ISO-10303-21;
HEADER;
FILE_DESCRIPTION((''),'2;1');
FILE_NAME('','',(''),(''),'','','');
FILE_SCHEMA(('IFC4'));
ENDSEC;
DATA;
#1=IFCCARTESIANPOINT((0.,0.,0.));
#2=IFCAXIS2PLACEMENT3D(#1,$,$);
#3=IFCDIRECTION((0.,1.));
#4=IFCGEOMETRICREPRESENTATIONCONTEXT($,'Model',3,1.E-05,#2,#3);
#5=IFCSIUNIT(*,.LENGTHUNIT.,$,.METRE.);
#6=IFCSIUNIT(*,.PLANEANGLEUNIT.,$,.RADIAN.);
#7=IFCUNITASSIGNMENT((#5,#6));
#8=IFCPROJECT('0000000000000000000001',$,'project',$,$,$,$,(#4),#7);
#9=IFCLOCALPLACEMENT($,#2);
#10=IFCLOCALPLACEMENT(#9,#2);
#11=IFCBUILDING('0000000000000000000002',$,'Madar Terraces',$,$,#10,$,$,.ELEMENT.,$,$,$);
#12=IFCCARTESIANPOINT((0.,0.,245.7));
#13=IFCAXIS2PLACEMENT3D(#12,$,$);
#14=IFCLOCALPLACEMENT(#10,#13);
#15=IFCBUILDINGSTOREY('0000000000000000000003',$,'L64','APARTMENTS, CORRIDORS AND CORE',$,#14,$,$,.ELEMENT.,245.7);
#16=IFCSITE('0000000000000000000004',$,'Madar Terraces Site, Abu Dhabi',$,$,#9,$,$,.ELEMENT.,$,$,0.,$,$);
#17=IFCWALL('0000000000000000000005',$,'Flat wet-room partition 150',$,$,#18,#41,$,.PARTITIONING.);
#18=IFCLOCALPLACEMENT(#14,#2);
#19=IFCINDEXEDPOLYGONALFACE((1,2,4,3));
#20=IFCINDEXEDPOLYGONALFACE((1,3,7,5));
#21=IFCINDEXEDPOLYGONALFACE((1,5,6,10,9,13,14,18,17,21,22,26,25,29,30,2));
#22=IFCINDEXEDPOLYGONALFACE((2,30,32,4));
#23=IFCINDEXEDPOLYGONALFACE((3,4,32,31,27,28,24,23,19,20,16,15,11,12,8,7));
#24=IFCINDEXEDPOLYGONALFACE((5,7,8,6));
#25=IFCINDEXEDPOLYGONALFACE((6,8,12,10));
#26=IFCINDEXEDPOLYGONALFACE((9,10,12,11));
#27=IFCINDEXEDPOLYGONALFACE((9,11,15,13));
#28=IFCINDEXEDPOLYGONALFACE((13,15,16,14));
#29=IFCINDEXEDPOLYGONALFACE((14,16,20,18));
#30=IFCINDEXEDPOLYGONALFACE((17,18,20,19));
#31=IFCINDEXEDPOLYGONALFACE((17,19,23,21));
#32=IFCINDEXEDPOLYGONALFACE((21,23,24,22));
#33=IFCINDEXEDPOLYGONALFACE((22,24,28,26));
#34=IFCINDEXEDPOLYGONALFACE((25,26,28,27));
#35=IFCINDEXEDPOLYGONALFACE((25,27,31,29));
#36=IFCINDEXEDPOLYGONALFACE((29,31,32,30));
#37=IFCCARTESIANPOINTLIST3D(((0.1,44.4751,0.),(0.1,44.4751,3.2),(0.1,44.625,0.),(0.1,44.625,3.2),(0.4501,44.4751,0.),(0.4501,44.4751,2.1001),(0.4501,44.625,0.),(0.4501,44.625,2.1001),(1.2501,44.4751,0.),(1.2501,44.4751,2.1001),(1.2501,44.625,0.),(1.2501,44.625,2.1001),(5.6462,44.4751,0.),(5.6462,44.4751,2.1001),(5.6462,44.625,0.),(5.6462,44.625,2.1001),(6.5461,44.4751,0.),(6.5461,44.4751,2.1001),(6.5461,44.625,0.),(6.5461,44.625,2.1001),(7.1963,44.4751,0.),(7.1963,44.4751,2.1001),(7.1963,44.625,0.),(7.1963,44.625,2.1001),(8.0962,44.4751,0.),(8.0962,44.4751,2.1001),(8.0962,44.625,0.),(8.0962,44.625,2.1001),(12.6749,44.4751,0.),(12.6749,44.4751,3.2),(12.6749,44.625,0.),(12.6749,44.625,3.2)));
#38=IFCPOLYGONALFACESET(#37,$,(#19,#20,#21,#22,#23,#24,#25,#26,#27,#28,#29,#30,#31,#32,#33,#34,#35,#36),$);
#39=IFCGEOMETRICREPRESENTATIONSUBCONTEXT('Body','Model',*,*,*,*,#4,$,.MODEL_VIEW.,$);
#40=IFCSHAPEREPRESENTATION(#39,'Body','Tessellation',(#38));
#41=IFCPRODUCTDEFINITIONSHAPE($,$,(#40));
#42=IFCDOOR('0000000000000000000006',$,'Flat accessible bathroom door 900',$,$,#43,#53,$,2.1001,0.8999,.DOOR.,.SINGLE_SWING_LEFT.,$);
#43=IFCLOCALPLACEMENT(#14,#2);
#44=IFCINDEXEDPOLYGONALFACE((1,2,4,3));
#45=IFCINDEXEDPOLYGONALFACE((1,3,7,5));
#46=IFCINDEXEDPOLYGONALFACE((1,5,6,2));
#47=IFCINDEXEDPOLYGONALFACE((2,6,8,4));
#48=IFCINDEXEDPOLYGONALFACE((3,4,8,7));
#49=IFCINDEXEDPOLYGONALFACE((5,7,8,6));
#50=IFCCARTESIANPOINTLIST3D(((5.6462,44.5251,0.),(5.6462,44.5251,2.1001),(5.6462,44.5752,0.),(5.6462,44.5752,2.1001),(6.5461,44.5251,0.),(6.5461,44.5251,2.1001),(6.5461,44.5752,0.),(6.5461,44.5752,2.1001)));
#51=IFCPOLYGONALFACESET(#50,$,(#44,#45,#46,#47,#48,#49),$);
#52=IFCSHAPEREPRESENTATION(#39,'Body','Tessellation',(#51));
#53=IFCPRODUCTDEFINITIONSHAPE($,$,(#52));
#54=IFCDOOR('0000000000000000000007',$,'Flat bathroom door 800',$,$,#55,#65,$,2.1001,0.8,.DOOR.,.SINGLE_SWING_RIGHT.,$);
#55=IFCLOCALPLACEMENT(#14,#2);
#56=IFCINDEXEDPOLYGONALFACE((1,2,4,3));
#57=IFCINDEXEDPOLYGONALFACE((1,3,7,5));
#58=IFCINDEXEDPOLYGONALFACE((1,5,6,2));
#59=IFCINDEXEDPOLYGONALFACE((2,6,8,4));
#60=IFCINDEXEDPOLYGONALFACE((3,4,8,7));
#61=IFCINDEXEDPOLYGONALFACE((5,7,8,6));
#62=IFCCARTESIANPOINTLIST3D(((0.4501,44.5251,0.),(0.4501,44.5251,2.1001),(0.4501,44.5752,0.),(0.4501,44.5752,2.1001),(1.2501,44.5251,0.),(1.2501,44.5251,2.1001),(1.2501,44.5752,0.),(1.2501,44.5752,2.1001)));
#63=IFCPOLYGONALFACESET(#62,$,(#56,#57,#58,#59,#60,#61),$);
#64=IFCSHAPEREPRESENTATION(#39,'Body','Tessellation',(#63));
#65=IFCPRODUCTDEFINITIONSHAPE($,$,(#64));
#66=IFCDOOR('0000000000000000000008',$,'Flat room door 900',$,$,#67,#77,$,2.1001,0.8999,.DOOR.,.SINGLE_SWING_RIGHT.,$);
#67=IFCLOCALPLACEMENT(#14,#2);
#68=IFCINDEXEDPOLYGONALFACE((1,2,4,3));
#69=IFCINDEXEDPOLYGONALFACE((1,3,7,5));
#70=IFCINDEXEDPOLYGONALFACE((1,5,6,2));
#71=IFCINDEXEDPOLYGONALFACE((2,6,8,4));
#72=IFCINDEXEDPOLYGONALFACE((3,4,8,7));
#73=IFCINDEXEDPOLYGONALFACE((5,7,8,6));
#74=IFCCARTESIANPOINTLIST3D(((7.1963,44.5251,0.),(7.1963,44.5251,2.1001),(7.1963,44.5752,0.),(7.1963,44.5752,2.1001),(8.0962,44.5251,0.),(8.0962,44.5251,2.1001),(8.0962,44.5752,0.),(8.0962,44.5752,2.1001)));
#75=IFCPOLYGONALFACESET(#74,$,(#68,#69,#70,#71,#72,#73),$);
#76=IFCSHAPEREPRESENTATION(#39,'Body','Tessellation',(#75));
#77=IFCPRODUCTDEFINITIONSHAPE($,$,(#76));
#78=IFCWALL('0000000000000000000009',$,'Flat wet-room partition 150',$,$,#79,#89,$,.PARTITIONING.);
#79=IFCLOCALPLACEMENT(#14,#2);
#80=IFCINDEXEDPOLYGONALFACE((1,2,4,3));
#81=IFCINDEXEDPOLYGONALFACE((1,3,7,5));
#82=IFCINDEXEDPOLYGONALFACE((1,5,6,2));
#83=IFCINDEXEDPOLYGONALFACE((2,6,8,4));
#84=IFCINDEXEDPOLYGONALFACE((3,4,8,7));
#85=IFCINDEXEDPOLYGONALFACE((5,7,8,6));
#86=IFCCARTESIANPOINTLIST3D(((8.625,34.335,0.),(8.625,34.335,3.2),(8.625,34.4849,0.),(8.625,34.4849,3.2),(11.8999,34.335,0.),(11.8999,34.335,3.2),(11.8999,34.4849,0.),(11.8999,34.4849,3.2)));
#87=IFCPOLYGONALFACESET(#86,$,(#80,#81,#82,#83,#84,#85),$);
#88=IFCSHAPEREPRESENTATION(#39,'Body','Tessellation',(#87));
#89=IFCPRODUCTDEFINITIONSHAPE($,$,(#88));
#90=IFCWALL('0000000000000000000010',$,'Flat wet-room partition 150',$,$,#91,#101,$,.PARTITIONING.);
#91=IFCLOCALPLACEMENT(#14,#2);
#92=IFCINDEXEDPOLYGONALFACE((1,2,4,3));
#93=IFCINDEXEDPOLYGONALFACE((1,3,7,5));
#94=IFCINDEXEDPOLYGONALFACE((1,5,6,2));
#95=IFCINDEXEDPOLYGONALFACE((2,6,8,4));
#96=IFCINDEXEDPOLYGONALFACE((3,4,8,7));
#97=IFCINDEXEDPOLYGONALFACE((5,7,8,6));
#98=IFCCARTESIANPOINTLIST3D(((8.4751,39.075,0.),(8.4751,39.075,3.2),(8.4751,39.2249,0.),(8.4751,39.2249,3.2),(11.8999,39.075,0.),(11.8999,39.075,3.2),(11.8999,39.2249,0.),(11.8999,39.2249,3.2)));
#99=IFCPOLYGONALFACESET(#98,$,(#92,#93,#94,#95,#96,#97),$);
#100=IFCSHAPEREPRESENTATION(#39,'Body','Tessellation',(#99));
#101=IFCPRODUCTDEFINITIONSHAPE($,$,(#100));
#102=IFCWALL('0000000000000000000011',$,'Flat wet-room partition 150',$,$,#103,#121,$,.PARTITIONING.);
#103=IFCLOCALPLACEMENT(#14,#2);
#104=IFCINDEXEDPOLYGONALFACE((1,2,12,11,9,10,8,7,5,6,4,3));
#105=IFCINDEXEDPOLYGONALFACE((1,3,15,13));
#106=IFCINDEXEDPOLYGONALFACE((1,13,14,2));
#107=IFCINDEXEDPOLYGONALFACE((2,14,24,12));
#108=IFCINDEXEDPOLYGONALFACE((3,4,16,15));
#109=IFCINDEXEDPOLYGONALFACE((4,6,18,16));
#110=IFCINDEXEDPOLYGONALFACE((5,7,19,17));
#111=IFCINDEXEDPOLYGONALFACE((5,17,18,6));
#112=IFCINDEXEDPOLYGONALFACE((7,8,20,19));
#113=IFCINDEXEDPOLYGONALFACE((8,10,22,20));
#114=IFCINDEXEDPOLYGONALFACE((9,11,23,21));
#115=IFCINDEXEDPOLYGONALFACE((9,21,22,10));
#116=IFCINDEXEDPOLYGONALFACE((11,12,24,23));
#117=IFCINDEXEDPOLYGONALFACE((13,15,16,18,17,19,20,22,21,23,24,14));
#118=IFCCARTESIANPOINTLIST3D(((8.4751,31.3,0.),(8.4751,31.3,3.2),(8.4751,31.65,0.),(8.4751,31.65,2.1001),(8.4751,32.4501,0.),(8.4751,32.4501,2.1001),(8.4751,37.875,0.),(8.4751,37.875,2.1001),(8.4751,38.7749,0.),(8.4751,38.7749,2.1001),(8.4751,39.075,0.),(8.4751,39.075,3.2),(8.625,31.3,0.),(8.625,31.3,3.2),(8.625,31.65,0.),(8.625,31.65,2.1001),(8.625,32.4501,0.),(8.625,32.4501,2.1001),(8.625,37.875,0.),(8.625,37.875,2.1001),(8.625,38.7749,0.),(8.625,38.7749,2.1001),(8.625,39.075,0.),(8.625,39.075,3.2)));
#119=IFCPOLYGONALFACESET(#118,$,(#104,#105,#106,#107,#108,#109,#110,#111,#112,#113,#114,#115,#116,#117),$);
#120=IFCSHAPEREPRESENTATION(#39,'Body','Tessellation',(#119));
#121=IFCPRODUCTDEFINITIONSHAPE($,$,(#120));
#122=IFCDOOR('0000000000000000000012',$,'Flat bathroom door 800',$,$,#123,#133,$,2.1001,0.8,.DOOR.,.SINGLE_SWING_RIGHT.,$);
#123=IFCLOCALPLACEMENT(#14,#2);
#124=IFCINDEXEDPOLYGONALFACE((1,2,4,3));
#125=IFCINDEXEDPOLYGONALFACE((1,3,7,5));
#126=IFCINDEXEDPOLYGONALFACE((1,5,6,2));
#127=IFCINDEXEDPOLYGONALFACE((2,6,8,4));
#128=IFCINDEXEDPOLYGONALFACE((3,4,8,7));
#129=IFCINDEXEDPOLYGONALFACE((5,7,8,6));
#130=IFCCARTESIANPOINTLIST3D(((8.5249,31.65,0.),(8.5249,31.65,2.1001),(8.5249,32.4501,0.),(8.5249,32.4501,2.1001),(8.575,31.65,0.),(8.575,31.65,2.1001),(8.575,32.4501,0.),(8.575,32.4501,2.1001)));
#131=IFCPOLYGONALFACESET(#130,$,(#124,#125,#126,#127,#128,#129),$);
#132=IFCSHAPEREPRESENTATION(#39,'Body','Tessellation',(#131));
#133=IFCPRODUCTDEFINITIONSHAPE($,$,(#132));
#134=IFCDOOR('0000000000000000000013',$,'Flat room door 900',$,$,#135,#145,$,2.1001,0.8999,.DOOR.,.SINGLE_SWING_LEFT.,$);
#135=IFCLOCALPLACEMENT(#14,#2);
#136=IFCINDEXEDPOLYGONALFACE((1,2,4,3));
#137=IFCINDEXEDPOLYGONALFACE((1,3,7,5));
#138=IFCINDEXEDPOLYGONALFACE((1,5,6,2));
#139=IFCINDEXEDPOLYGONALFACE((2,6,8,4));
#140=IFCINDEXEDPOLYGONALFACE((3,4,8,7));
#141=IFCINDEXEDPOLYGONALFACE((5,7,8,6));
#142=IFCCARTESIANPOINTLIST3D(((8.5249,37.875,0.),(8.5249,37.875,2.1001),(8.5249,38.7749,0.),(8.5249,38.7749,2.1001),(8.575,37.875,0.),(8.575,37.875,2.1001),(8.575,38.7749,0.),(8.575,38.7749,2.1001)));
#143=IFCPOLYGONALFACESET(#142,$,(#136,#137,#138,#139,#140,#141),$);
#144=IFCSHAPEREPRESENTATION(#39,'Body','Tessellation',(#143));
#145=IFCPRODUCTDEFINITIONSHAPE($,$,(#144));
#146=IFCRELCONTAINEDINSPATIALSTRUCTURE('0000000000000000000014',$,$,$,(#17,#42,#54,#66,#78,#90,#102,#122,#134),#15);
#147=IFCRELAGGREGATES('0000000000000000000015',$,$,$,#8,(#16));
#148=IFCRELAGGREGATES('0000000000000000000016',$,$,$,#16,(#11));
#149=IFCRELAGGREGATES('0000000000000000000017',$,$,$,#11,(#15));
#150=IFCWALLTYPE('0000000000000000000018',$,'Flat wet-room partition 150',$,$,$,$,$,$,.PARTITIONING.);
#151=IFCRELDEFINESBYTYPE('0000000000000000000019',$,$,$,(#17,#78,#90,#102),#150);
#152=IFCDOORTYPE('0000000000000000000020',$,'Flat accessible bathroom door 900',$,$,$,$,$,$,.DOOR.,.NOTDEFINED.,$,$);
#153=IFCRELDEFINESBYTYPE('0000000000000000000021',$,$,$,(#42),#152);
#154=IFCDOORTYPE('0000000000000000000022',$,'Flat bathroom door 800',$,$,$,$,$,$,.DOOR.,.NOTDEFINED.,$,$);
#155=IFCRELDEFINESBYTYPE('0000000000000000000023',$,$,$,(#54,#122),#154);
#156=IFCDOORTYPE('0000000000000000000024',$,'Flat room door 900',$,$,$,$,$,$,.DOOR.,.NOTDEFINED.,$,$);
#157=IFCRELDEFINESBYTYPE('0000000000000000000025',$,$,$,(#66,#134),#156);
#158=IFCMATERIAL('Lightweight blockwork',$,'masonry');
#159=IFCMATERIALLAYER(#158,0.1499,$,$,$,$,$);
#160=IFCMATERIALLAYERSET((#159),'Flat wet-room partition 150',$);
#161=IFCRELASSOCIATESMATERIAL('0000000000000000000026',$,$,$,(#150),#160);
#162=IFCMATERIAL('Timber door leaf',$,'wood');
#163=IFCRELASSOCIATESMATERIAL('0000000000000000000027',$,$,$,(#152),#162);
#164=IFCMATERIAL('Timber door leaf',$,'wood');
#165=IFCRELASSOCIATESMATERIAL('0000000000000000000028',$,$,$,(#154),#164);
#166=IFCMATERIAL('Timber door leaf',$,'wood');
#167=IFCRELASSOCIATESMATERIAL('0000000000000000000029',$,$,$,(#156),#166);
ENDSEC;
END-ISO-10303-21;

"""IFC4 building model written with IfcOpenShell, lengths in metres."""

from ifc_helpers import new_model, si_unit, direction, frame, frame_2d, origin, place, context, subcontext, project, spatial, rectangle, extrude, material, layer, layer_set, type_object, element, fill, save


model = new_model("IFC4")

# Units and contexts
model_context = context("Model", 3, precision=1e-05, world=origin(), true_north=direction((0.0, 1.0)))
body_context = subcontext(model_context, "Body", "Model", "MODEL_VIEW")
ifc_project = project(units=[si_unit("LENGTHUNIT", "METRE"), si_unit("PLANEANGLEUNIT", "RADIAN")], contexts=[model_context])

# Site, building, storey
site_placement = place(None, origin())
site = spatial("IfcSite", under=ifc_project, at=site_placement, Name="Madar Terraces Site, Abu Dhabi", CompositionType="ELEMENT", RefElevation=0.0)
building_placement = place(site_placement, origin())
building = spatial("IfcBuilding", under=site, at=building_placement, Name="Madar Terraces", CompositionType="ELEMENT")
storey_placement = place(building_placement, frame((0.0, 0.0, 245.7)))
storey = spatial("IfcBuildingStorey", under=building, at=storey_placement, Name="L64", Description="APARTMENTS, CORRIDORS AND CORE", CompositionType="ELEMENT", Elevation=245.7)

# Shared definitions
ifc_material_1 = material(Name="Lightweight blockwork", Category="masonry")
ifc_layer_1 = layer(ifc_material_1, 0.1499)
ifc_layer_set_1 = layer_set([ifc_layer_1], Name="Flat wet-room partition 150")
wall_type_1 = type_object("IfcWallType", Name="Flat wet-room partition 150", PredefinedType="PARTITIONING", material=ifc_layer_set_1)

# Wall, openings, doors
wall_1_placement = place(storey_placement, frame((12.675, 44.55, 0.0), z_axis=(0.0, 0.0, 1.0), x_axis=(-1.0, 0.0, 0.0)))
wall_1 = element("IfcWall", 1, at=wall_1_placement, inside=storey, type_object=wall_type_1, Name="Flat wet-room partition 150", PredefinedType="PARTITIONING", context=body_context, shape_type="SweptSolid", body=[
    extrude(rectangle(XDim=12.575, YDim=0.1499, at=frame_2d((6.2876, 0.0))), origin(), (0.0, 0.0, 1.0), 3.2),
])
opening_1_placement = place(wall_1_placement, frame((4.5789, 0.0, 0.0)))
opening_1 = element("IfcOpeningElement", 2, at=opening_1_placement, cuts=wall_1, PredefinedType="OPENING", context=body_context, shape_type="SweptSolid", body=[
    extrude(rectangle(XDim=0.8999, YDim=2.1001, at=frame_2d((0.45, 1.05))), frame((0.0, 0.085, 0.0), z_axis=(0.0, -1.0, 0.0), x_axis=(1.0, 0.0, 0.0)), (0.0, 0.0, 1.0), 0.1699),
])
opening_2_placement = place(wall_1_placement, frame((6.1289, 0.0, 0.0)))
opening_2 = element("IfcOpeningElement", 3, at=opening_2_placement, cuts=wall_1, PredefinedType="OPENING", context=body_context, shape_type="SweptSolid", body=[
    extrude(rectangle(XDim=0.8999, YDim=2.1001, at=frame_2d((0.45, 1.05))), frame((0.0, 0.085, 0.0), z_axis=(0.0, -1.0, 0.0), x_axis=(1.0, 0.0, 0.0)), (0.0, 0.0, 1.0), 0.1699),
])
opening_3_placement = place(wall_1_placement, frame((11.425, 0.0, 0.0)))
opening_3 = element("IfcOpeningElement", 4, at=opening_3_placement, cuts=wall_1, PredefinedType="OPENING", context=body_context, shape_type="SweptSolid", body=[
    extrude(rectangle(XDim=0.8, YDim=2.1001, at=frame_2d((0.3999, 1.05))), frame((0.0, 0.085, 0.0), z_axis=(0.0, -1.0, 0.0), x_axis=(1.0, 0.0, 0.0)), (0.0, 0.0, 1.0), 0.1699),
])
ifc_material_2 = material(Name="Timber door leaf", Category="wood")
door_type_1 = type_object("IfcDoorType", Name="Flat accessible bathroom door 900", OperationType="NOTDEFINED", PredefinedType="DOOR", material=ifc_material_2)
door_1_placement = place(opening_2_placement, origin())
door_1 = element("IfcDoor", 5, at=door_1_placement, inside=storey, type_object=door_type_1, Name="Flat accessible bathroom door 900", OperationType="SINGLE_SWING_LEFT", OverallHeight=2.1001, OverallWidth=0.8999, PredefinedType="DOOR", context=body_context, shape_type="SweptSolid", body=[
    extrude(rectangle(XDim=0.8999, YDim=2.1001, at=frame_2d((0.45, 1.05))), frame((0.0, 0.0249, 0.0), z_axis=(0.0, -1.0, 0.0), x_axis=(1.0, 0.0, 0.0)), (0.0, 0.0, 1.0), 0.05),
])
fill(opening_2, door_1)
ifc_material_3 = material(Name="Timber door leaf", Category="wood")
door_type_2 = type_object("IfcDoorType", Name="Flat bathroom door 800", OperationType="NOTDEFINED", PredefinedType="DOOR", material=ifc_material_3)
door_2_placement = place(opening_3_placement, origin())
door_2 = element("IfcDoor", 6, at=door_2_placement, inside=storey, type_object=door_type_2, Name="Flat bathroom door 800", OperationType="SINGLE_SWING_RIGHT", OverallHeight=2.1001, OverallWidth=0.8, PredefinedType="DOOR", context=body_context, shape_type="SweptSolid", body=[
    extrude(rectangle(XDim=0.8, YDim=2.1001, at=frame_2d((0.3999, 1.05))), frame((0.0, 0.0249, 0.0), z_axis=(0.0, -1.0, 0.0), x_axis=(1.0, 0.0, 0.0)), (0.0, 0.0, 1.0), 0.05),
])
fill(opening_3, door_2)
ifc_material_4 = material(Name="Timber door leaf", Category="wood")
door_type_3 = type_object("IfcDoorType", Name="Flat room door 900", OperationType="NOTDEFINED", PredefinedType="DOOR", material=ifc_material_4)
door_3_placement = place(opening_1_placement, origin())
door_3 = element("IfcDoor", 7, at=door_3_placement, inside=storey, type_object=door_type_3, Name="Flat room door 900", OperationType="SINGLE_SWING_RIGHT", OverallHeight=2.1001, OverallWidth=0.8999, PredefinedType="DOOR", context=body_context, shape_type="SweptSolid", body=[
    extrude(rectangle(XDim=0.8999, YDim=2.1001, at=frame_2d((0.45, 1.05))), frame((0.0, 0.0249, 0.0), z_axis=(0.0, -1.0, 0.0), x_axis=(1.0, 0.0, 0.0)), (0.0, 0.0, 1.0), 0.05),
])
fill(opening_1, door_3)

# Walls
wall_2_placement = place(storey_placement, frame((11.8999, 34.4099, 0.0), z_axis=(0.0, 0.0, 1.0), x_axis=(-1.0, 0.0, 0.0)))
element("IfcWall", 8, at=wall_2_placement, inside=storey, type_object=wall_type_1, Name="Flat wet-room partition 150", PredefinedType="PARTITIONING", context=body_context, shape_type="SweptSolid", body=[
    extrude(rectangle(XDim=3.2749, YDim=0.1499, at=frame_2d((1.6375, 0.0))), origin(), (0.0, 0.0, 1.0), 3.2),
])
wall_3_placement = place(storey_placement, frame((11.8999, 39.1499, 0.0), z_axis=(0.0, 0.0, 1.0), x_axis=(-1.0, 0.0, 0.0)))
element("IfcWall", 9, at=wall_3_placement, inside=storey, type_object=wall_type_1, Name="Flat wet-room partition 150", PredefinedType="PARTITIONING", context=body_context, shape_type="SweptSolid", body=[
    extrude(rectangle(XDim=3.4248, YDim=0.1499, at=frame_2d((1.7124, 0.0))), origin(), (0.0, 0.0, 1.0), 3.2),
])

# Wall, openings, doors
wall_4_placement = place(storey_placement, frame((8.55, 39.075, 0.0), z_axis=(0.0, 0.0, 1.0), x_axis=(0.0, -1.0, 0.0)))
wall_4 = element("IfcWall", 10, at=wall_4_placement, inside=storey, type_object=wall_type_1, Name="Flat wet-room partition 150", PredefinedType="PARTITIONING", context=body_context, shape_type="SweptSolid", body=[
    extrude(rectangle(XDim=7.7749, YDim=0.1499, at=frame_2d((3.8875, 0.0))), origin(), (0.0, 0.0, 1.0), 3.2),
])
opening_4_placement = place(wall_4_placement, frame((0.3, 0.0, 0.0)))
opening_4 = element("IfcOpeningElement", 11, at=opening_4_placement, cuts=wall_4, PredefinedType="OPENING", context=body_context, shape_type="SweptSolid", body=[
    extrude(rectangle(XDim=0.8999, YDim=2.1001, at=frame_2d((0.45, 1.05))), frame((0.0, 0.085, 0.0), z_axis=(0.0, -1.0, 0.0), x_axis=(1.0, 0.0, 0.0)), (0.0, 0.0, 1.0), 0.1699),
])
opening_5_placement = place(wall_4_placement, frame((6.625, 0.0, 0.0)))
opening_5 = element("IfcOpeningElement", 12, at=opening_5_placement, cuts=wall_4, PredefinedType="OPENING", context=body_context, shape_type="SweptSolid", body=[
    extrude(rectangle(XDim=0.8, YDim=2.1001, at=frame_2d((0.3999, 1.05))), frame((0.0, 0.085, 0.0), z_axis=(0.0, -1.0, 0.0), x_axis=(1.0, 0.0, 0.0)), (0.0, 0.0, 1.0), 0.1699),
])
door_4_placement = place(opening_5_placement, origin())
door_4 = element("IfcDoor", 13, at=door_4_placement, inside=storey, type_object=door_type_2, Name="Flat bathroom door 800", OperationType="SINGLE_SWING_RIGHT", OverallHeight=2.1001, OverallWidth=0.8, PredefinedType="DOOR", context=body_context, shape_type="SweptSolid", body=[
    extrude(rectangle(XDim=0.8, YDim=2.1001, at=frame_2d((0.3999, 1.05))), frame((0.0, 0.0249, 0.0), z_axis=(0.0, -1.0, 0.0), x_axis=(1.0, 0.0, 0.0)), (0.0, 0.0, 1.0), 0.05),
])
fill(opening_5, door_4)
door_5_placement = place(opening_4_placement, origin())
door_5 = element("IfcDoor", 14, at=door_5_placement, inside=storey, type_object=door_type_3, Name="Flat room door 900", OperationType="SINGLE_SWING_LEFT", OverallHeight=2.1001, OverallWidth=0.8999, PredefinedType="DOOR", context=body_context, shape_type="SweptSolid", body=[
    extrude(rectangle(XDim=0.8999, YDim=2.1001, at=frame_2d((0.45, 1.05))), frame((0.0, 0.0249, 0.0), z_axis=(0.0, -1.0, 0.0), x_axis=(1.0, 0.0, 0.0)), (0.0, 0.0, 1.0), 0.05),
])
fill(opening_4, door_5)

save(model, "model.ifc")
